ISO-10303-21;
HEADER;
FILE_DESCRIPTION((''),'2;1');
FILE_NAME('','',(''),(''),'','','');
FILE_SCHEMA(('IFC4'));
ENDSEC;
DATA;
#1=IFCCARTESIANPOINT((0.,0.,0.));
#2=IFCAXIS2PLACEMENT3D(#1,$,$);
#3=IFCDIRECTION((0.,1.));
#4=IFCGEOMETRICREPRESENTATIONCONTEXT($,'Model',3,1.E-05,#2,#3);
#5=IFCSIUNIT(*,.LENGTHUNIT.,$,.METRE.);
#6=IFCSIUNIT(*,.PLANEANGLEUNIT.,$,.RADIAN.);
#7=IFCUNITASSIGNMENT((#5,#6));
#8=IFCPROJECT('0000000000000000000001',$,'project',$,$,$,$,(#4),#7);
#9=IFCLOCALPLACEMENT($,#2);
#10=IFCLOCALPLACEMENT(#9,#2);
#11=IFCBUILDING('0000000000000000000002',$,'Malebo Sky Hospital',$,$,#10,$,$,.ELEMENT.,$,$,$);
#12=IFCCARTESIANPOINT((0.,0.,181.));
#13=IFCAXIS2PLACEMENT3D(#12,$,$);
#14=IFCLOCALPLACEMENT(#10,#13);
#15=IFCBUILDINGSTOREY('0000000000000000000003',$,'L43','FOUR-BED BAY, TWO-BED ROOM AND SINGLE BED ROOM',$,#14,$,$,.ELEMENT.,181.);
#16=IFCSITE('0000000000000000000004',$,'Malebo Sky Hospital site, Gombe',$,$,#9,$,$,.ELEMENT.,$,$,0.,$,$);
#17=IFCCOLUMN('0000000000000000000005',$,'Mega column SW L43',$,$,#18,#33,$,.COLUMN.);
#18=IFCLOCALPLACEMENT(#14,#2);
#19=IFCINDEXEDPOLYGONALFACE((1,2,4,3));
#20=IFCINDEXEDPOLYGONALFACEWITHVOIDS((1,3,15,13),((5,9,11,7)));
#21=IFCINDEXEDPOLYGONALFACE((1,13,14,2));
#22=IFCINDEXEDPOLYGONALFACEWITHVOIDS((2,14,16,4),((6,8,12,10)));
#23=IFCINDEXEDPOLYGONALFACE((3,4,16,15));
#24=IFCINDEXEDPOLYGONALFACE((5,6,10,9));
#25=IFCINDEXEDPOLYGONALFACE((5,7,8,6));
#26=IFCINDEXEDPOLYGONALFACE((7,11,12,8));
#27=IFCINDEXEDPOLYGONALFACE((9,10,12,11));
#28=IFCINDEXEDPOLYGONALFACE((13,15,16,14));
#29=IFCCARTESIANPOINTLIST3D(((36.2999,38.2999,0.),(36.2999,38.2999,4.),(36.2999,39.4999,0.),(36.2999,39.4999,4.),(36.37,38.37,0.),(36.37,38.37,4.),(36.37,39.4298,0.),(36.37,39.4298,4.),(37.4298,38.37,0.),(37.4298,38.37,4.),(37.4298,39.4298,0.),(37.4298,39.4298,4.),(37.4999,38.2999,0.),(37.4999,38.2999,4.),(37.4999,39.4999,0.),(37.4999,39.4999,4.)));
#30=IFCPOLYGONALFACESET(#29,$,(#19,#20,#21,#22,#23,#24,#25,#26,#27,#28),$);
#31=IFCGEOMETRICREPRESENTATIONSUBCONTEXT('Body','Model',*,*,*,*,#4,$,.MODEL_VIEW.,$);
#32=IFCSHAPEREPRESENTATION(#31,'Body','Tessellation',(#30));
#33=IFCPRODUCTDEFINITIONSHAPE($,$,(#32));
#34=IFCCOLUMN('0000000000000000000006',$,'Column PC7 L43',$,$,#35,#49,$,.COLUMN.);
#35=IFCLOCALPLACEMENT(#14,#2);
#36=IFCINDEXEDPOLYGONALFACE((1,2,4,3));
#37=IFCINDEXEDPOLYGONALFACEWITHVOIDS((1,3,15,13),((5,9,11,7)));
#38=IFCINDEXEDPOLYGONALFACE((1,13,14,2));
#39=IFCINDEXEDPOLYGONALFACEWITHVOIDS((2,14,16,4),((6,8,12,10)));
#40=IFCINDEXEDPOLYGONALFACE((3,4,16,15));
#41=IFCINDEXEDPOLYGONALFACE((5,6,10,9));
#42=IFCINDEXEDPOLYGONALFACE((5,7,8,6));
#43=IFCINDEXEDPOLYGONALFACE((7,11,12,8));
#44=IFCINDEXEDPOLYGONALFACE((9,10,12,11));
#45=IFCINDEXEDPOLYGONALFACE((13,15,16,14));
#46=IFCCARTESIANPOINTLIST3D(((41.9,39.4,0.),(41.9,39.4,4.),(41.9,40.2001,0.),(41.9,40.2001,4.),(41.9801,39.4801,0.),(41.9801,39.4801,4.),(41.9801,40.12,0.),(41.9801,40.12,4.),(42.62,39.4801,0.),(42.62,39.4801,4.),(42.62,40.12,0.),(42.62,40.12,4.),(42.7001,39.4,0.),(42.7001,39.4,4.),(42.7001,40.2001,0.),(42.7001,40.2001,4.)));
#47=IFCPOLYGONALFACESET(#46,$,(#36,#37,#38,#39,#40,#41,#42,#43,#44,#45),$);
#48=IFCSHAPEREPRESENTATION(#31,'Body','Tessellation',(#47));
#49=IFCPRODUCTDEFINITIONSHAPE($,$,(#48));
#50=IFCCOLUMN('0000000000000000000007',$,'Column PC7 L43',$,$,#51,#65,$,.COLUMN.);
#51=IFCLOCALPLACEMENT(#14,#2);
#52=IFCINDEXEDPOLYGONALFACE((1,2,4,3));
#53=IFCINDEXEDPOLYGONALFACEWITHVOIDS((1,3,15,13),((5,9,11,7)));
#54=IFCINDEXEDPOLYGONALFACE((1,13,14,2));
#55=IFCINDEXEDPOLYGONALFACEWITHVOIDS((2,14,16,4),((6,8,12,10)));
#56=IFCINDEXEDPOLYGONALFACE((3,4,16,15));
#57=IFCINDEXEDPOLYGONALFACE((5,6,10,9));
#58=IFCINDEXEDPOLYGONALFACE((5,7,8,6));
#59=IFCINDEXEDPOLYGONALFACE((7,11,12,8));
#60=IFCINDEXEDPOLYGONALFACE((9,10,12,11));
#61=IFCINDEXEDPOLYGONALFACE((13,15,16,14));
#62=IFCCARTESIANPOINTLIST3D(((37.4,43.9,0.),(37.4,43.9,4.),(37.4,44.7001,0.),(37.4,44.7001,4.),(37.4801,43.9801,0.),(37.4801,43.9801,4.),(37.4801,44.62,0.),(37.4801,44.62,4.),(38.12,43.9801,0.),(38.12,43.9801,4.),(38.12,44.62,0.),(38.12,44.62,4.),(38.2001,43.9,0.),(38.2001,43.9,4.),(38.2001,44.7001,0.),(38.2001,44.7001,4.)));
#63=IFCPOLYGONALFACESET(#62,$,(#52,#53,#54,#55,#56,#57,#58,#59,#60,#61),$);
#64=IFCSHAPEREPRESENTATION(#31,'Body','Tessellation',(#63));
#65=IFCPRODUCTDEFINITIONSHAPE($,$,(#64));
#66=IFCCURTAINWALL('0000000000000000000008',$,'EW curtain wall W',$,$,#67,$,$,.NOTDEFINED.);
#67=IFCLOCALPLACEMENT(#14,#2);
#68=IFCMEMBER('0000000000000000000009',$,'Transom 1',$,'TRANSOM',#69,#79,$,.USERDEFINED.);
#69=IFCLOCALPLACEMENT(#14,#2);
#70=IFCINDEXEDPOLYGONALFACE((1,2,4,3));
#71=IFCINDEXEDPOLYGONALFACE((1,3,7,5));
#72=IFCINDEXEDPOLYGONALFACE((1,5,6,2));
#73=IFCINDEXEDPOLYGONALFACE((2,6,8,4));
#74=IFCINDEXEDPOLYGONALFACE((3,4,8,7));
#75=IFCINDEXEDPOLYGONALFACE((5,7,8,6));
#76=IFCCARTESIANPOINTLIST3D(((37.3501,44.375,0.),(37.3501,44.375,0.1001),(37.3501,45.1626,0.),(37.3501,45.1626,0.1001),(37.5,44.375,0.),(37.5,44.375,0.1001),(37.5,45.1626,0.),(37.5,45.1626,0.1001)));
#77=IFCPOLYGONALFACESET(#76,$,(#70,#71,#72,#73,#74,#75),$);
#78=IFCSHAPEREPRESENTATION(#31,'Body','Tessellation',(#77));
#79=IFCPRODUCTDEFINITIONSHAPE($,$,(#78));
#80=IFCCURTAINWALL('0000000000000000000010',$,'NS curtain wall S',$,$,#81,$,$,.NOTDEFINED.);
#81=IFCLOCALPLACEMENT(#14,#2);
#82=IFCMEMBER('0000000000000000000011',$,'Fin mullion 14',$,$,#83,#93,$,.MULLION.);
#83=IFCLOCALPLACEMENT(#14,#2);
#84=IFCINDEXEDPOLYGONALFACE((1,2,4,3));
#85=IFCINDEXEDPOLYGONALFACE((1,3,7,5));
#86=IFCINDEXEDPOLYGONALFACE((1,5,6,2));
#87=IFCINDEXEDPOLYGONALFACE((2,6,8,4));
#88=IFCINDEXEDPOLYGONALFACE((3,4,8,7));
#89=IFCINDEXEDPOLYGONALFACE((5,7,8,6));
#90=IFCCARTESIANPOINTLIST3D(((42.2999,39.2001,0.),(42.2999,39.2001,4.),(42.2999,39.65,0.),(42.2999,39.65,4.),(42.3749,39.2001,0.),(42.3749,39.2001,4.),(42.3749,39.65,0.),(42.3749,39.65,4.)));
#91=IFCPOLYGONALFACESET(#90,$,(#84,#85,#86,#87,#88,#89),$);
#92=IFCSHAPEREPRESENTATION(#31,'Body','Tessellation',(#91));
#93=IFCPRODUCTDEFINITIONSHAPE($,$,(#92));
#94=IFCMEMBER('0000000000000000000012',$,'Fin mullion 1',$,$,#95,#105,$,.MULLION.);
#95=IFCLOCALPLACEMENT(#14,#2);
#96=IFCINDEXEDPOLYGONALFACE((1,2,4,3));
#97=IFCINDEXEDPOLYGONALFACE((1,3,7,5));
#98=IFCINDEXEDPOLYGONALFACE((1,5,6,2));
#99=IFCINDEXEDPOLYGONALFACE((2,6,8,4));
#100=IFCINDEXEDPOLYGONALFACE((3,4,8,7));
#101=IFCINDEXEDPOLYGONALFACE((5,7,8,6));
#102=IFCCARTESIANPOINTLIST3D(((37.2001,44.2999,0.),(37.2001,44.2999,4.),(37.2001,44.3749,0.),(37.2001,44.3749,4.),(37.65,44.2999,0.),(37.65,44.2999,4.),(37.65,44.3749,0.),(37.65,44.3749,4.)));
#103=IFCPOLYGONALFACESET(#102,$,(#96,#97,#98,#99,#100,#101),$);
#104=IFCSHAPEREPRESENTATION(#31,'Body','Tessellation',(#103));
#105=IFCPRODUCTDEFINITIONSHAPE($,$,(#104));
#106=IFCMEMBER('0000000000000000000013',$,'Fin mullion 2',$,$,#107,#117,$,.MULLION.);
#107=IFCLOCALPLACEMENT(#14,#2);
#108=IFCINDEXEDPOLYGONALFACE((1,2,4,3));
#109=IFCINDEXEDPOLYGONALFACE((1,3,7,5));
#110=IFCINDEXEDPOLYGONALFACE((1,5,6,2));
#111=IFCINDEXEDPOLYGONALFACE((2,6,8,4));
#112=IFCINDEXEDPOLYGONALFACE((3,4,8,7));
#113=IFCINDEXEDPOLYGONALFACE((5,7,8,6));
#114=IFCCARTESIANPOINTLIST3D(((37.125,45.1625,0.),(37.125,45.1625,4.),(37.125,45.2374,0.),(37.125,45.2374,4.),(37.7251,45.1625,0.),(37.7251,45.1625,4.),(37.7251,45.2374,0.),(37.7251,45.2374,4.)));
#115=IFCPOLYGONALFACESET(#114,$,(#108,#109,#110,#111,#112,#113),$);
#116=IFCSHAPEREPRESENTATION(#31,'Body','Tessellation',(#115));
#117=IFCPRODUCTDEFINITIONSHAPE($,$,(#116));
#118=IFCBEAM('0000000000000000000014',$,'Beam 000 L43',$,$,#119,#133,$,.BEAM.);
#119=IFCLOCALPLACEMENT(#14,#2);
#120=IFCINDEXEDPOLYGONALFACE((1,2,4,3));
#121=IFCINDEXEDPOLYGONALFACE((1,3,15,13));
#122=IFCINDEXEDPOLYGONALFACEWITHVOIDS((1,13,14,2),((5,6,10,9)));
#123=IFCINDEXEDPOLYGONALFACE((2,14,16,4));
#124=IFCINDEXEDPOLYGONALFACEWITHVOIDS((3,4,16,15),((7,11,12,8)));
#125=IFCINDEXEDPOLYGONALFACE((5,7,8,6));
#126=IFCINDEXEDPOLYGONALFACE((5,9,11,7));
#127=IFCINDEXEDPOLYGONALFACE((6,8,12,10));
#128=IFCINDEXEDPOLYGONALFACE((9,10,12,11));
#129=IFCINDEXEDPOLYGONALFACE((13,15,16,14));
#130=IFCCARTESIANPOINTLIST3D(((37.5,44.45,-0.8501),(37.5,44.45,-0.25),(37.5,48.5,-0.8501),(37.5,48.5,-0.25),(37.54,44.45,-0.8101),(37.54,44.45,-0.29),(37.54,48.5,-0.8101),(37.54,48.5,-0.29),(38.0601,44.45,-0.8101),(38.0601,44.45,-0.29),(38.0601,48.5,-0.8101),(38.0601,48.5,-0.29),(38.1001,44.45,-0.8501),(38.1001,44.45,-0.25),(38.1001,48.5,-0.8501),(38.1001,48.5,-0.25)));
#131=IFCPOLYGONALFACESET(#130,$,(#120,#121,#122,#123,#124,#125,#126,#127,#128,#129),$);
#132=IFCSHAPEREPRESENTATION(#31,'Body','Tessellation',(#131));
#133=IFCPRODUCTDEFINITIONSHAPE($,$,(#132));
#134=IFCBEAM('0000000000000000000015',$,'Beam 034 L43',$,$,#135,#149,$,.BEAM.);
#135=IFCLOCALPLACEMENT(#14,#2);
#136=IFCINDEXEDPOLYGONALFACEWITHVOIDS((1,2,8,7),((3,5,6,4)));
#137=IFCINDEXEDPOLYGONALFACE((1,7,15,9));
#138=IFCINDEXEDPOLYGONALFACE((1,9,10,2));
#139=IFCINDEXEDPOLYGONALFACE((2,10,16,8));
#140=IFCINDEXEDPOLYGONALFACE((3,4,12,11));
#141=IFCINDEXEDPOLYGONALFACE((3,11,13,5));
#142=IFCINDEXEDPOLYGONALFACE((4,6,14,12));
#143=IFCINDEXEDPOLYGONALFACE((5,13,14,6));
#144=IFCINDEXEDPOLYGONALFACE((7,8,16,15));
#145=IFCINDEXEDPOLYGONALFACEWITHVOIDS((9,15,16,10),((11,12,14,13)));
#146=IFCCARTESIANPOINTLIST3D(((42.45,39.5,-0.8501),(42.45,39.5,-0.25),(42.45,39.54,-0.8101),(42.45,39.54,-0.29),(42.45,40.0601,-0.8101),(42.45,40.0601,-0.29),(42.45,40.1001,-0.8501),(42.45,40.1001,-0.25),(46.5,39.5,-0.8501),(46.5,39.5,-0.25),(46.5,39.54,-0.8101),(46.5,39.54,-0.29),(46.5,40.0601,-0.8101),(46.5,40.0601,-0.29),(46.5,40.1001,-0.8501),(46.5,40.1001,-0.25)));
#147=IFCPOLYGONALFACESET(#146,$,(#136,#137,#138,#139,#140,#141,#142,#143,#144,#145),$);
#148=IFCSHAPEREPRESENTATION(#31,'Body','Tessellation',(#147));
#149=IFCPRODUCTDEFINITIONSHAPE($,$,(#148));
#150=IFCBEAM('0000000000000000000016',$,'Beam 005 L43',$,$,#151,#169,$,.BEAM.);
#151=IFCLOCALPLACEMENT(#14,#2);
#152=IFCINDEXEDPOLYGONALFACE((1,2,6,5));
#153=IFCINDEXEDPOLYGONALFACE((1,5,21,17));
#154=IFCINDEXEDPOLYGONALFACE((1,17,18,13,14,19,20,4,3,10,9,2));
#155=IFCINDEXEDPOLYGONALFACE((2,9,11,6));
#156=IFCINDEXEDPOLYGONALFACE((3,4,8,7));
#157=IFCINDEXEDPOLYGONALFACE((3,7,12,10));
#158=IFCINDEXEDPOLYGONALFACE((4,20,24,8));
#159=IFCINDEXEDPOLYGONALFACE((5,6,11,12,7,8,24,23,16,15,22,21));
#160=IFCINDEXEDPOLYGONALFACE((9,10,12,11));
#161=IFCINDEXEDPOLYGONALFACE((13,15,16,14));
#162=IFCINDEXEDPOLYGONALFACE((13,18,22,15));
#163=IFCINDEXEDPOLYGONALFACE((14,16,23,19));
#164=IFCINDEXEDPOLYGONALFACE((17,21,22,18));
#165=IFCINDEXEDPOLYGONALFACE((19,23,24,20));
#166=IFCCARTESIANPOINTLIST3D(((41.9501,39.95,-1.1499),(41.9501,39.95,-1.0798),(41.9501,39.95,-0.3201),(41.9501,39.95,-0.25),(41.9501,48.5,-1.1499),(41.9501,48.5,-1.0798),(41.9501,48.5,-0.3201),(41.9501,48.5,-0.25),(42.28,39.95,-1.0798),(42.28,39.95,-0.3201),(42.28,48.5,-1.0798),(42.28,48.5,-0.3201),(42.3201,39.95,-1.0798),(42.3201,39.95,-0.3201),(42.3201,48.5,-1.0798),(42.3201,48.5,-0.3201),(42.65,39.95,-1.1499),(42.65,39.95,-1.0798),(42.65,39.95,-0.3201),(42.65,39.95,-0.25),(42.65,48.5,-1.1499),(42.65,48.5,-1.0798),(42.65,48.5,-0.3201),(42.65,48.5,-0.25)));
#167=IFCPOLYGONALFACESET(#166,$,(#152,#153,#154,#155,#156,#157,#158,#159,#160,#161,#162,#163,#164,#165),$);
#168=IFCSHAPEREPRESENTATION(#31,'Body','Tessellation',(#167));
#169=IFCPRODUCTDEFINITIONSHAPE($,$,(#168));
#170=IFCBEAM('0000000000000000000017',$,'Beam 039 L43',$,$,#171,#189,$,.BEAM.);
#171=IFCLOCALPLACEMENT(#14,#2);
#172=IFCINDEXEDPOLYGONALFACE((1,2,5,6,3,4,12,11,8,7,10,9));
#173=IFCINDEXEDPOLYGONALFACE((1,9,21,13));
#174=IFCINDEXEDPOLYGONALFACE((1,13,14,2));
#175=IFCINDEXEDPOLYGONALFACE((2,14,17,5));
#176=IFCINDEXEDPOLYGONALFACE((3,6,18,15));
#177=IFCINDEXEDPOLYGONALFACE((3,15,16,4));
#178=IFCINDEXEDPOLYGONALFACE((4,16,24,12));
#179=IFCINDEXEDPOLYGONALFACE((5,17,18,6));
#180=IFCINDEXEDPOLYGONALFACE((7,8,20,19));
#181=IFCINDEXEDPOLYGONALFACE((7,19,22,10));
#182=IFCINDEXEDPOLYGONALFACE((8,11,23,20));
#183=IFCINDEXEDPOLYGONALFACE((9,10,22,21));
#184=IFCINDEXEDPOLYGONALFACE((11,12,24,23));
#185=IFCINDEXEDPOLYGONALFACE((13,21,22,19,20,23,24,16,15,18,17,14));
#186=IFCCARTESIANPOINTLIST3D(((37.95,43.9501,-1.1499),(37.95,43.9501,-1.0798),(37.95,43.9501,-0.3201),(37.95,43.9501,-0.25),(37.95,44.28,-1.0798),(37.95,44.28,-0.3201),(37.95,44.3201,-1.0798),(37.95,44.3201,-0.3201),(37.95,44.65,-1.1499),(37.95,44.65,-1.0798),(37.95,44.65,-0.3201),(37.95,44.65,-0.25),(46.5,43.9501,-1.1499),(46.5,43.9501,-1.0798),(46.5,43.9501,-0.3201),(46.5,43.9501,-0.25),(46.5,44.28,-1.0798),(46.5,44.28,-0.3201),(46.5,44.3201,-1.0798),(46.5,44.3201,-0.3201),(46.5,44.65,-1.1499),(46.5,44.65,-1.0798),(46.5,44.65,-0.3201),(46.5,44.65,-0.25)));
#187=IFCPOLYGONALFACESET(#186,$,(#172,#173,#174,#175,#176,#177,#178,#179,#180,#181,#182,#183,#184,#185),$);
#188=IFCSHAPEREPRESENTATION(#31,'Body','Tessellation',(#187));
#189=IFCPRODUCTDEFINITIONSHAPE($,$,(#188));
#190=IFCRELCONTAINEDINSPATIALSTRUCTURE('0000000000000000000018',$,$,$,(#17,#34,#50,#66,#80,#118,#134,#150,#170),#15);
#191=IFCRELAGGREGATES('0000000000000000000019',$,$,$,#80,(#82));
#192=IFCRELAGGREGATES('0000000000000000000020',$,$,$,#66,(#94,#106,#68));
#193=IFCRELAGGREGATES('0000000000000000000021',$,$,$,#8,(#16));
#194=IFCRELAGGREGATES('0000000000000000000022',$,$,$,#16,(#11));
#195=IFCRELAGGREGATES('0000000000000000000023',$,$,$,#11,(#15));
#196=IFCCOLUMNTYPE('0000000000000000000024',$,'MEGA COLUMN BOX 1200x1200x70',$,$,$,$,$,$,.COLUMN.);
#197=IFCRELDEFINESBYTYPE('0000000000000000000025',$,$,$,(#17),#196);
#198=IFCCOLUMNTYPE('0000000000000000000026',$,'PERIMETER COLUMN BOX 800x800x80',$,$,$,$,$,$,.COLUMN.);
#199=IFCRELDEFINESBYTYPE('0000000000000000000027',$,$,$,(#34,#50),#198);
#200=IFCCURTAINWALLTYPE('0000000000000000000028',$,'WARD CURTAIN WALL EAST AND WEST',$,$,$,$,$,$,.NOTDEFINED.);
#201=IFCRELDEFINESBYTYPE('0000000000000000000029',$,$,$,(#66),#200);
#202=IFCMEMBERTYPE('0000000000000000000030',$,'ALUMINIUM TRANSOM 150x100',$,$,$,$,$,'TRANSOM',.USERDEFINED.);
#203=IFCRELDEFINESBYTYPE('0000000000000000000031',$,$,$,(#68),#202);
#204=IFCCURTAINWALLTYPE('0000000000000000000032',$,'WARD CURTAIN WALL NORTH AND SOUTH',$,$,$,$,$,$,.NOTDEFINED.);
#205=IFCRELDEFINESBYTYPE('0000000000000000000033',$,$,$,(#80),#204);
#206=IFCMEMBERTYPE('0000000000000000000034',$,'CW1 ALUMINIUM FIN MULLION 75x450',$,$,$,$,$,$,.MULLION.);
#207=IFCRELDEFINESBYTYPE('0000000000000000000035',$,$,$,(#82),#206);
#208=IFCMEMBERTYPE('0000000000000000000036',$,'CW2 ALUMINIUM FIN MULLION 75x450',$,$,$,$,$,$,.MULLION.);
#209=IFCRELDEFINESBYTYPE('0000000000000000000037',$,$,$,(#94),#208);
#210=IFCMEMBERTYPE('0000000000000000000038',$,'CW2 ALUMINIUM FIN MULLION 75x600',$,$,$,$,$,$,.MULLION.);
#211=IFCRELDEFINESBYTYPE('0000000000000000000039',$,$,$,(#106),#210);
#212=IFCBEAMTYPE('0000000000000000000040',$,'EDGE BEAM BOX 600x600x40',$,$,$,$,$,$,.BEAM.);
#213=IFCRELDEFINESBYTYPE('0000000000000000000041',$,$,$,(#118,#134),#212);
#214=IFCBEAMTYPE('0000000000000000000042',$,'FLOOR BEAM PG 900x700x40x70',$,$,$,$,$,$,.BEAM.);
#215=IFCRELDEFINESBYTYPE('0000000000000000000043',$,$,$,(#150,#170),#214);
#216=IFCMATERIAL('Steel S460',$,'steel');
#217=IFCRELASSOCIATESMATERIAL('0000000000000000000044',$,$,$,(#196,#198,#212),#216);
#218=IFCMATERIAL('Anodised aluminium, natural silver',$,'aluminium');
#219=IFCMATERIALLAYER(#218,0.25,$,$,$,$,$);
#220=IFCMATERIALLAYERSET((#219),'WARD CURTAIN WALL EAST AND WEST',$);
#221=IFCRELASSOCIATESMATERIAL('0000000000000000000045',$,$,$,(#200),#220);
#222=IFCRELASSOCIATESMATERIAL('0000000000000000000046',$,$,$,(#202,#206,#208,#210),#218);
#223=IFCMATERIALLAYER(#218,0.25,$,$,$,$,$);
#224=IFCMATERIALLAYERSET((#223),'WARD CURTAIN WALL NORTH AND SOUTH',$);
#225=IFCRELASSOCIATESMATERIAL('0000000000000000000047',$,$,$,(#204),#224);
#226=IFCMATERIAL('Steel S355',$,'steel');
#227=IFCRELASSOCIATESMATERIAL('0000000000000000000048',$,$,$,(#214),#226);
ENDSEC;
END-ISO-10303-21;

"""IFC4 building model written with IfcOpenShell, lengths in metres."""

from ifc_helpers import new_model, si_unit, direction, frame, origin, origin_2d, place, context, subcontext, project, spatial, rectangle, hollow_rectangle, i_section, extrude, material, layer, layer_set, material_profile, profile_set, type_object, element, aggregate, save


model = new_model("IFC4")

# Units and contexts
model_context = context("Model", 3, precision=1e-05, world=origin(), true_north=direction((0.0, 1.0)))
body_context = subcontext(model_context, "Body", "Model", "MODEL_VIEW")
ifc_project = project(units=[si_unit("LENGTHUNIT", "METRE"), si_unit("PLANEANGLEUNIT", "RADIAN")], contexts=[model_context])

# Site, building, storey
site_placement = place(None, origin())
site = spatial("IfcSite", under=ifc_project, at=site_placement, Name="Malebo Sky Hospital site, Gombe", CompositionType="ELEMENT", RefElevation=0.0)
building_placement = place(site_placement, origin())
building = spatial("IfcBuilding", under=site, at=building_placement, Name="Malebo Sky Hospital", CompositionType="ELEMENT")
storey_placement = place(building_placement, frame((0.0, 0.0, 181.0)))
storey = spatial("IfcBuildingStorey", under=building, at=storey_placement, Name="L43", Description="FOUR-BED BAY, TWO-BED ROOM AND SINGLE BED ROOM", CompositionType="ELEMENT", Elevation=181.0)

# Columns
ifc_material_1 = material(Name="Steel S460", Category="steel")
ifc_material_profile_1 = material_profile(ifc_material_1, hollow_rectangle(XDim=1.2, YDim=1.2, WallThickness=0.0701, at=origin_2d()), Name="BOX 1200x1200x70")
ifc_profile_set_1 = profile_set([ifc_material_profile_1], Name="Steel S460")
column_type_1 = type_object("IfcColumnType", Name="MEGA COLUMN BOX 1200x1200x70", PredefinedType="COLUMN", material=ifc_profile_set_1)
column_placement = place(storey_placement, frame((36.8999, 38.8999, 0.0), z_axis=(0.0, 0.0, 1.0), x_axis=(1.0, 0.0, 0.0)))
element("IfcColumn", 1, at=column_placement, inside=storey, type_object=column_type_1, Name="Mega column SW L43", PredefinedType="COLUMN", context=body_context, shape_type="SweptSolid", body=[
    extrude(hollow_rectangle(XDim=1.2, YDim=1.2, WallThickness=0.0701, at=origin_2d()), origin(), (0.0, 0.0, 1.0), 4.0),
])
ifc_material_profile_2 = material_profile(ifc_material_1, hollow_rectangle(XDim=0.8, YDim=0.8, WallThickness=0.0801, at=origin_2d()), Name="BOX 800x800x80")
ifc_profile_set_2 = profile_set([ifc_material_profile_2], Name="Steel S460")
column_type_2 = type_object("IfcColumnType", Name="PERIMETER COLUMN BOX 800x800x80", PredefinedType="COLUMN", material=ifc_profile_set_2)
for number, where, z_axis, x_axis, name in (
    (2, (42.3, 39.8, 0.0), (0.0, 0.0, 1.0), (1.0, 0.0, 0.0), "Column PC7 L43"),
    (3, (37.8, 44.3, 0.0), (0.0, 0.0, 1.0), (1.0, 0.0, 0.0), "Column PC7 L43"),
):
    element("IfcColumn", number, at=place(storey_placement, frame(where, z_axis=z_axis, x_axis=x_axis)), inside=storey, type_object=column_type_2, Name=name, PredefinedType="COLUMN", context=body_context, shape_type="SweptSolid", body=[
        extrude(hollow_rectangle(XDim=0.8, YDim=0.8, WallThickness=0.0801, at=origin_2d()), origin(), (0.0, 0.0, 1.0), 4.0),
    ])

# Curtain walls, members
ifc_material_2 = material(Name="Anodised aluminium, natural silver", Category="aluminium")
ifc_layer_1 = layer(ifc_material_2, 0.25)
ifc_layer_set_1 = layer_set([ifc_layer_1], Name="WARD CURTAIN WALL EAST AND WEST")
curtain_wall_type_1 = type_object("IfcCurtainWallType", Name="WARD CURTAIN WALL EAST AND WEST", PredefinedType="NOTDEFINED", material=ifc_layer_set_1)
curtain_wall_1_placement = place(storey_placement, origin())
curtain_wall_1 = element("IfcCurtainWall", 4, at=curtain_wall_1_placement, inside=storey, type_object=curtain_wall_type_1, Name="EW curtain wall W", PredefinedType="NOTDEFINED")
ifc_material_profile_3 = material_profile(ifc_material_2, rectangle(XDim=0.1499, YDim=0.1001, at=origin_2d()), Name="ALUMINIUM TRANSOM 150x100")
ifc_profile_set_3 = profile_set([ifc_material_profile_3], Name="Anodised aluminium, natural silver")
member_type_1 = type_object("IfcMemberType", Name="ALUMINIUM TRANSOM 150x100", ElementType="TRANSOM", PredefinedType="USERDEFINED", material=ifc_profile_set_3)
member_1_placement = place(storey_placement, frame((37.425, 44.375, 0.05), z_axis=(0.0, 1.0, 0.0), x_axis=(-1.0, 0.0, 0.0)))
member_1 = element("IfcMember", 5, at=member_1_placement, type_object=member_type_1, Name="Transom 1", ObjectType="TRANSOM", PredefinedType="USERDEFINED", context=body_context, shape_type="SweptSolid", body=[
    extrude(rectangle(XDim=0.1499, YDim=0.1001, at=origin_2d()), origin(), (0.0, 0.0, 1.0), 0.7876),
])
ifc_layer_2 = layer(ifc_material_2, 0.25)
ifc_layer_set_2 = layer_set([ifc_layer_2], Name="WARD CURTAIN WALL NORTH AND SOUTH")
curtain_wall_type_2 = type_object("IfcCurtainWallType", Name="WARD CURTAIN WALL NORTH AND SOUTH", PredefinedType="NOTDEFINED", material=ifc_layer_set_2)
curtain_wall_2_placement = place(storey_placement, origin())
curtain_wall_2 = element("IfcCurtainWall", 6, at=curtain_wall_2_placement, inside=storey, type_object=curtain_wall_type_2, Name="NS curtain wall S", PredefinedType="NOTDEFINED")
ifc_material_profile_4 = material_profile(ifc_material_2, rectangle(XDim=0.075, YDim=0.45, at=origin_2d()), Name="CW1 ALUMINIUM FIN MULLION 75x450")
ifc_profile_set_4 = profile_set([ifc_material_profile_4], Name="Anodised aluminium, natural silver")
member_type_2 = type_object("IfcMemberType", Name="CW1 ALUMINIUM FIN MULLION 75x450", PredefinedType="MULLION", material=ifc_profile_set_4)
member_2_placement = place(storey_placement, frame((42.3374, 39.425, 0.0), z_axis=(0.0, 0.0, 1.0), x_axis=(-1.0, 0.0, 0.0)))
member_2 = element("IfcMember", 7, at=member_2_placement, type_object=member_type_2, Name="Fin mullion 14", PredefinedType="MULLION", context=body_context, shape_type="SweptSolid", body=[
    extrude(rectangle(XDim=0.075, YDim=0.45, at=origin_2d()), origin(), (0.0, 0.0, 1.0), 4.0),
])
aggregate(curtain_wall_2, [member_2])

# Members
ifc_material_profile_5 = material_profile(ifc_material_2, rectangle(XDim=0.075, YDim=0.45, at=origin_2d()), Name="CW2 ALUMINIUM FIN MULLION 75x450")
ifc_profile_set_5 = profile_set([ifc_material_profile_5], Name="Anodised aluminium, natural silver")
member_type_3 = type_object("IfcMemberType", Name="CW2 ALUMINIUM FIN MULLION 75x450", PredefinedType="MULLION", material=ifc_profile_set_5)
member_3_placement = place(storey_placement, frame((37.425, 44.3374, 0.0), z_axis=(0.0, 0.0, 1.0), x_axis=(0.0, 1.0, 0.0)))
member_3 = element("IfcMember", 8, at=member_3_placement, type_object=member_type_3, Name="Fin mullion 1", PredefinedType="MULLION", context=body_context, shape_type="SweptSolid", body=[
    extrude(rectangle(XDim=0.075, YDim=0.45, at=origin_2d()), origin(), (0.0, 0.0, 1.0), 4.0),
])
ifc_material_profile_6 = material_profile(ifc_material_2, rectangle(XDim=0.075, YDim=0.6001, at=origin_2d()), Name="CW2 ALUMINIUM FIN MULLION 75x600")
ifc_profile_set_6 = profile_set([ifc_material_profile_6], Name="Anodised aluminium, natural silver")
member_type_4 = type_object("IfcMemberType", Name="CW2 ALUMINIUM FIN MULLION 75x600", PredefinedType="MULLION", material=ifc_profile_set_6)
member_4_placement = place(storey_placement, frame((37.425, 45.2, 0.0), z_axis=(0.0, 0.0, 1.0), x_axis=(0.0, 1.0, 0.0)))
member_4 = element("IfcMember", 9, at=member_4_placement, type_object=member_type_4, Name="Fin mullion 2", PredefinedType="MULLION", context=body_context, shape_type="SweptSolid", body=[
    extrude(rectangle(XDim=0.075, YDim=0.6001, at=origin_2d()), origin(), (0.0, 0.0, 1.0), 4.0),
])

# Beams
ifc_material_profile_7 = material_profile(ifc_material_1, hollow_rectangle(XDim=0.6001, YDim=0.6001, WallThickness=0.04, at=origin_2d()), Name="BOX 600x600x40")
ifc_profile_set_7 = profile_set([ifc_material_profile_7], Name="Steel S460")
beam_type_1 = type_object("IfcBeamType", Name="EDGE BEAM BOX 600x600x40", PredefinedType="BEAM", material=ifc_profile_set_7)
for number, where, z_axis, x_axis, name in (
    (10, (37.8, 44.45, -0.55), (0.0, 1.0, 0.0), (-1.0, 0.0, 0.0), "Beam 000 L43"),
    (11, (42.45, 39.8, -0.55), (1.0, 0.0, 0.0), (0.0, 1.0, 0.0), "Beam 034 L43"),
):
    element("IfcBeam", number, at=place(storey_placement, frame(where, z_axis=z_axis, x_axis=x_axis)), inside=storey, type_object=beam_type_1, Name=name, PredefinedType="BEAM", context=body_context, shape_type="SweptSolid", body=[
        extrude(hollow_rectangle(XDim=0.6001, YDim=0.6001, WallThickness=0.04, at=origin_2d()), origin(), (0.0, 0.0, 1.0), 4.05),
    ])
ifc_material_3 = material(Name="Steel S355", Category="steel")
ifc_material_profile_8 = material_profile(ifc_material_3, i_section(OverallWidth=0.7, OverallDepth=0.8999, WebThickness=0.04, FlangeThickness=0.0701, at=origin_2d()), Name="PG 900x700x40x70")
ifc_profile_set_8 = profile_set([ifc_material_profile_8], Name="Steel S355")
beam_type_2 = type_object("IfcBeamType", Name="FLOOR BEAM PG 900x700x40x70", PredefinedType="BEAM", material=ifc_profile_set_8)
for number, where, z_axis, x_axis, name in (
    (12, (42.3, 39.95, -0.7), (0.0, 1.0, 0.0), (-1.0, 0.0, 0.0), "Beam 005 L43"),
    (13, (37.95, 44.3, -0.7), (1.0, 0.0, 0.0), (0.0, 1.0, 0.0), "Beam 039 L43"),
):
    element("IfcBeam", number, at=place(storey_placement, frame(where, z_axis=z_axis, x_axis=x_axis)), inside=storey, type_object=beam_type_2, Name=name, PredefinedType="BEAM", context=body_context, shape_type="SweptSolid", body=[
        extrude(i_section(OverallWidth=0.7, OverallDepth=0.8999, WebThickness=0.04, FlangeThickness=0.0701, at=origin_2d()), origin(), (0.0, 0.0, 1.0), 8.55),
    ])

aggregate(curtain_wall_1, [member_3, member_4, member_1])

save(model, "model.ifc")
